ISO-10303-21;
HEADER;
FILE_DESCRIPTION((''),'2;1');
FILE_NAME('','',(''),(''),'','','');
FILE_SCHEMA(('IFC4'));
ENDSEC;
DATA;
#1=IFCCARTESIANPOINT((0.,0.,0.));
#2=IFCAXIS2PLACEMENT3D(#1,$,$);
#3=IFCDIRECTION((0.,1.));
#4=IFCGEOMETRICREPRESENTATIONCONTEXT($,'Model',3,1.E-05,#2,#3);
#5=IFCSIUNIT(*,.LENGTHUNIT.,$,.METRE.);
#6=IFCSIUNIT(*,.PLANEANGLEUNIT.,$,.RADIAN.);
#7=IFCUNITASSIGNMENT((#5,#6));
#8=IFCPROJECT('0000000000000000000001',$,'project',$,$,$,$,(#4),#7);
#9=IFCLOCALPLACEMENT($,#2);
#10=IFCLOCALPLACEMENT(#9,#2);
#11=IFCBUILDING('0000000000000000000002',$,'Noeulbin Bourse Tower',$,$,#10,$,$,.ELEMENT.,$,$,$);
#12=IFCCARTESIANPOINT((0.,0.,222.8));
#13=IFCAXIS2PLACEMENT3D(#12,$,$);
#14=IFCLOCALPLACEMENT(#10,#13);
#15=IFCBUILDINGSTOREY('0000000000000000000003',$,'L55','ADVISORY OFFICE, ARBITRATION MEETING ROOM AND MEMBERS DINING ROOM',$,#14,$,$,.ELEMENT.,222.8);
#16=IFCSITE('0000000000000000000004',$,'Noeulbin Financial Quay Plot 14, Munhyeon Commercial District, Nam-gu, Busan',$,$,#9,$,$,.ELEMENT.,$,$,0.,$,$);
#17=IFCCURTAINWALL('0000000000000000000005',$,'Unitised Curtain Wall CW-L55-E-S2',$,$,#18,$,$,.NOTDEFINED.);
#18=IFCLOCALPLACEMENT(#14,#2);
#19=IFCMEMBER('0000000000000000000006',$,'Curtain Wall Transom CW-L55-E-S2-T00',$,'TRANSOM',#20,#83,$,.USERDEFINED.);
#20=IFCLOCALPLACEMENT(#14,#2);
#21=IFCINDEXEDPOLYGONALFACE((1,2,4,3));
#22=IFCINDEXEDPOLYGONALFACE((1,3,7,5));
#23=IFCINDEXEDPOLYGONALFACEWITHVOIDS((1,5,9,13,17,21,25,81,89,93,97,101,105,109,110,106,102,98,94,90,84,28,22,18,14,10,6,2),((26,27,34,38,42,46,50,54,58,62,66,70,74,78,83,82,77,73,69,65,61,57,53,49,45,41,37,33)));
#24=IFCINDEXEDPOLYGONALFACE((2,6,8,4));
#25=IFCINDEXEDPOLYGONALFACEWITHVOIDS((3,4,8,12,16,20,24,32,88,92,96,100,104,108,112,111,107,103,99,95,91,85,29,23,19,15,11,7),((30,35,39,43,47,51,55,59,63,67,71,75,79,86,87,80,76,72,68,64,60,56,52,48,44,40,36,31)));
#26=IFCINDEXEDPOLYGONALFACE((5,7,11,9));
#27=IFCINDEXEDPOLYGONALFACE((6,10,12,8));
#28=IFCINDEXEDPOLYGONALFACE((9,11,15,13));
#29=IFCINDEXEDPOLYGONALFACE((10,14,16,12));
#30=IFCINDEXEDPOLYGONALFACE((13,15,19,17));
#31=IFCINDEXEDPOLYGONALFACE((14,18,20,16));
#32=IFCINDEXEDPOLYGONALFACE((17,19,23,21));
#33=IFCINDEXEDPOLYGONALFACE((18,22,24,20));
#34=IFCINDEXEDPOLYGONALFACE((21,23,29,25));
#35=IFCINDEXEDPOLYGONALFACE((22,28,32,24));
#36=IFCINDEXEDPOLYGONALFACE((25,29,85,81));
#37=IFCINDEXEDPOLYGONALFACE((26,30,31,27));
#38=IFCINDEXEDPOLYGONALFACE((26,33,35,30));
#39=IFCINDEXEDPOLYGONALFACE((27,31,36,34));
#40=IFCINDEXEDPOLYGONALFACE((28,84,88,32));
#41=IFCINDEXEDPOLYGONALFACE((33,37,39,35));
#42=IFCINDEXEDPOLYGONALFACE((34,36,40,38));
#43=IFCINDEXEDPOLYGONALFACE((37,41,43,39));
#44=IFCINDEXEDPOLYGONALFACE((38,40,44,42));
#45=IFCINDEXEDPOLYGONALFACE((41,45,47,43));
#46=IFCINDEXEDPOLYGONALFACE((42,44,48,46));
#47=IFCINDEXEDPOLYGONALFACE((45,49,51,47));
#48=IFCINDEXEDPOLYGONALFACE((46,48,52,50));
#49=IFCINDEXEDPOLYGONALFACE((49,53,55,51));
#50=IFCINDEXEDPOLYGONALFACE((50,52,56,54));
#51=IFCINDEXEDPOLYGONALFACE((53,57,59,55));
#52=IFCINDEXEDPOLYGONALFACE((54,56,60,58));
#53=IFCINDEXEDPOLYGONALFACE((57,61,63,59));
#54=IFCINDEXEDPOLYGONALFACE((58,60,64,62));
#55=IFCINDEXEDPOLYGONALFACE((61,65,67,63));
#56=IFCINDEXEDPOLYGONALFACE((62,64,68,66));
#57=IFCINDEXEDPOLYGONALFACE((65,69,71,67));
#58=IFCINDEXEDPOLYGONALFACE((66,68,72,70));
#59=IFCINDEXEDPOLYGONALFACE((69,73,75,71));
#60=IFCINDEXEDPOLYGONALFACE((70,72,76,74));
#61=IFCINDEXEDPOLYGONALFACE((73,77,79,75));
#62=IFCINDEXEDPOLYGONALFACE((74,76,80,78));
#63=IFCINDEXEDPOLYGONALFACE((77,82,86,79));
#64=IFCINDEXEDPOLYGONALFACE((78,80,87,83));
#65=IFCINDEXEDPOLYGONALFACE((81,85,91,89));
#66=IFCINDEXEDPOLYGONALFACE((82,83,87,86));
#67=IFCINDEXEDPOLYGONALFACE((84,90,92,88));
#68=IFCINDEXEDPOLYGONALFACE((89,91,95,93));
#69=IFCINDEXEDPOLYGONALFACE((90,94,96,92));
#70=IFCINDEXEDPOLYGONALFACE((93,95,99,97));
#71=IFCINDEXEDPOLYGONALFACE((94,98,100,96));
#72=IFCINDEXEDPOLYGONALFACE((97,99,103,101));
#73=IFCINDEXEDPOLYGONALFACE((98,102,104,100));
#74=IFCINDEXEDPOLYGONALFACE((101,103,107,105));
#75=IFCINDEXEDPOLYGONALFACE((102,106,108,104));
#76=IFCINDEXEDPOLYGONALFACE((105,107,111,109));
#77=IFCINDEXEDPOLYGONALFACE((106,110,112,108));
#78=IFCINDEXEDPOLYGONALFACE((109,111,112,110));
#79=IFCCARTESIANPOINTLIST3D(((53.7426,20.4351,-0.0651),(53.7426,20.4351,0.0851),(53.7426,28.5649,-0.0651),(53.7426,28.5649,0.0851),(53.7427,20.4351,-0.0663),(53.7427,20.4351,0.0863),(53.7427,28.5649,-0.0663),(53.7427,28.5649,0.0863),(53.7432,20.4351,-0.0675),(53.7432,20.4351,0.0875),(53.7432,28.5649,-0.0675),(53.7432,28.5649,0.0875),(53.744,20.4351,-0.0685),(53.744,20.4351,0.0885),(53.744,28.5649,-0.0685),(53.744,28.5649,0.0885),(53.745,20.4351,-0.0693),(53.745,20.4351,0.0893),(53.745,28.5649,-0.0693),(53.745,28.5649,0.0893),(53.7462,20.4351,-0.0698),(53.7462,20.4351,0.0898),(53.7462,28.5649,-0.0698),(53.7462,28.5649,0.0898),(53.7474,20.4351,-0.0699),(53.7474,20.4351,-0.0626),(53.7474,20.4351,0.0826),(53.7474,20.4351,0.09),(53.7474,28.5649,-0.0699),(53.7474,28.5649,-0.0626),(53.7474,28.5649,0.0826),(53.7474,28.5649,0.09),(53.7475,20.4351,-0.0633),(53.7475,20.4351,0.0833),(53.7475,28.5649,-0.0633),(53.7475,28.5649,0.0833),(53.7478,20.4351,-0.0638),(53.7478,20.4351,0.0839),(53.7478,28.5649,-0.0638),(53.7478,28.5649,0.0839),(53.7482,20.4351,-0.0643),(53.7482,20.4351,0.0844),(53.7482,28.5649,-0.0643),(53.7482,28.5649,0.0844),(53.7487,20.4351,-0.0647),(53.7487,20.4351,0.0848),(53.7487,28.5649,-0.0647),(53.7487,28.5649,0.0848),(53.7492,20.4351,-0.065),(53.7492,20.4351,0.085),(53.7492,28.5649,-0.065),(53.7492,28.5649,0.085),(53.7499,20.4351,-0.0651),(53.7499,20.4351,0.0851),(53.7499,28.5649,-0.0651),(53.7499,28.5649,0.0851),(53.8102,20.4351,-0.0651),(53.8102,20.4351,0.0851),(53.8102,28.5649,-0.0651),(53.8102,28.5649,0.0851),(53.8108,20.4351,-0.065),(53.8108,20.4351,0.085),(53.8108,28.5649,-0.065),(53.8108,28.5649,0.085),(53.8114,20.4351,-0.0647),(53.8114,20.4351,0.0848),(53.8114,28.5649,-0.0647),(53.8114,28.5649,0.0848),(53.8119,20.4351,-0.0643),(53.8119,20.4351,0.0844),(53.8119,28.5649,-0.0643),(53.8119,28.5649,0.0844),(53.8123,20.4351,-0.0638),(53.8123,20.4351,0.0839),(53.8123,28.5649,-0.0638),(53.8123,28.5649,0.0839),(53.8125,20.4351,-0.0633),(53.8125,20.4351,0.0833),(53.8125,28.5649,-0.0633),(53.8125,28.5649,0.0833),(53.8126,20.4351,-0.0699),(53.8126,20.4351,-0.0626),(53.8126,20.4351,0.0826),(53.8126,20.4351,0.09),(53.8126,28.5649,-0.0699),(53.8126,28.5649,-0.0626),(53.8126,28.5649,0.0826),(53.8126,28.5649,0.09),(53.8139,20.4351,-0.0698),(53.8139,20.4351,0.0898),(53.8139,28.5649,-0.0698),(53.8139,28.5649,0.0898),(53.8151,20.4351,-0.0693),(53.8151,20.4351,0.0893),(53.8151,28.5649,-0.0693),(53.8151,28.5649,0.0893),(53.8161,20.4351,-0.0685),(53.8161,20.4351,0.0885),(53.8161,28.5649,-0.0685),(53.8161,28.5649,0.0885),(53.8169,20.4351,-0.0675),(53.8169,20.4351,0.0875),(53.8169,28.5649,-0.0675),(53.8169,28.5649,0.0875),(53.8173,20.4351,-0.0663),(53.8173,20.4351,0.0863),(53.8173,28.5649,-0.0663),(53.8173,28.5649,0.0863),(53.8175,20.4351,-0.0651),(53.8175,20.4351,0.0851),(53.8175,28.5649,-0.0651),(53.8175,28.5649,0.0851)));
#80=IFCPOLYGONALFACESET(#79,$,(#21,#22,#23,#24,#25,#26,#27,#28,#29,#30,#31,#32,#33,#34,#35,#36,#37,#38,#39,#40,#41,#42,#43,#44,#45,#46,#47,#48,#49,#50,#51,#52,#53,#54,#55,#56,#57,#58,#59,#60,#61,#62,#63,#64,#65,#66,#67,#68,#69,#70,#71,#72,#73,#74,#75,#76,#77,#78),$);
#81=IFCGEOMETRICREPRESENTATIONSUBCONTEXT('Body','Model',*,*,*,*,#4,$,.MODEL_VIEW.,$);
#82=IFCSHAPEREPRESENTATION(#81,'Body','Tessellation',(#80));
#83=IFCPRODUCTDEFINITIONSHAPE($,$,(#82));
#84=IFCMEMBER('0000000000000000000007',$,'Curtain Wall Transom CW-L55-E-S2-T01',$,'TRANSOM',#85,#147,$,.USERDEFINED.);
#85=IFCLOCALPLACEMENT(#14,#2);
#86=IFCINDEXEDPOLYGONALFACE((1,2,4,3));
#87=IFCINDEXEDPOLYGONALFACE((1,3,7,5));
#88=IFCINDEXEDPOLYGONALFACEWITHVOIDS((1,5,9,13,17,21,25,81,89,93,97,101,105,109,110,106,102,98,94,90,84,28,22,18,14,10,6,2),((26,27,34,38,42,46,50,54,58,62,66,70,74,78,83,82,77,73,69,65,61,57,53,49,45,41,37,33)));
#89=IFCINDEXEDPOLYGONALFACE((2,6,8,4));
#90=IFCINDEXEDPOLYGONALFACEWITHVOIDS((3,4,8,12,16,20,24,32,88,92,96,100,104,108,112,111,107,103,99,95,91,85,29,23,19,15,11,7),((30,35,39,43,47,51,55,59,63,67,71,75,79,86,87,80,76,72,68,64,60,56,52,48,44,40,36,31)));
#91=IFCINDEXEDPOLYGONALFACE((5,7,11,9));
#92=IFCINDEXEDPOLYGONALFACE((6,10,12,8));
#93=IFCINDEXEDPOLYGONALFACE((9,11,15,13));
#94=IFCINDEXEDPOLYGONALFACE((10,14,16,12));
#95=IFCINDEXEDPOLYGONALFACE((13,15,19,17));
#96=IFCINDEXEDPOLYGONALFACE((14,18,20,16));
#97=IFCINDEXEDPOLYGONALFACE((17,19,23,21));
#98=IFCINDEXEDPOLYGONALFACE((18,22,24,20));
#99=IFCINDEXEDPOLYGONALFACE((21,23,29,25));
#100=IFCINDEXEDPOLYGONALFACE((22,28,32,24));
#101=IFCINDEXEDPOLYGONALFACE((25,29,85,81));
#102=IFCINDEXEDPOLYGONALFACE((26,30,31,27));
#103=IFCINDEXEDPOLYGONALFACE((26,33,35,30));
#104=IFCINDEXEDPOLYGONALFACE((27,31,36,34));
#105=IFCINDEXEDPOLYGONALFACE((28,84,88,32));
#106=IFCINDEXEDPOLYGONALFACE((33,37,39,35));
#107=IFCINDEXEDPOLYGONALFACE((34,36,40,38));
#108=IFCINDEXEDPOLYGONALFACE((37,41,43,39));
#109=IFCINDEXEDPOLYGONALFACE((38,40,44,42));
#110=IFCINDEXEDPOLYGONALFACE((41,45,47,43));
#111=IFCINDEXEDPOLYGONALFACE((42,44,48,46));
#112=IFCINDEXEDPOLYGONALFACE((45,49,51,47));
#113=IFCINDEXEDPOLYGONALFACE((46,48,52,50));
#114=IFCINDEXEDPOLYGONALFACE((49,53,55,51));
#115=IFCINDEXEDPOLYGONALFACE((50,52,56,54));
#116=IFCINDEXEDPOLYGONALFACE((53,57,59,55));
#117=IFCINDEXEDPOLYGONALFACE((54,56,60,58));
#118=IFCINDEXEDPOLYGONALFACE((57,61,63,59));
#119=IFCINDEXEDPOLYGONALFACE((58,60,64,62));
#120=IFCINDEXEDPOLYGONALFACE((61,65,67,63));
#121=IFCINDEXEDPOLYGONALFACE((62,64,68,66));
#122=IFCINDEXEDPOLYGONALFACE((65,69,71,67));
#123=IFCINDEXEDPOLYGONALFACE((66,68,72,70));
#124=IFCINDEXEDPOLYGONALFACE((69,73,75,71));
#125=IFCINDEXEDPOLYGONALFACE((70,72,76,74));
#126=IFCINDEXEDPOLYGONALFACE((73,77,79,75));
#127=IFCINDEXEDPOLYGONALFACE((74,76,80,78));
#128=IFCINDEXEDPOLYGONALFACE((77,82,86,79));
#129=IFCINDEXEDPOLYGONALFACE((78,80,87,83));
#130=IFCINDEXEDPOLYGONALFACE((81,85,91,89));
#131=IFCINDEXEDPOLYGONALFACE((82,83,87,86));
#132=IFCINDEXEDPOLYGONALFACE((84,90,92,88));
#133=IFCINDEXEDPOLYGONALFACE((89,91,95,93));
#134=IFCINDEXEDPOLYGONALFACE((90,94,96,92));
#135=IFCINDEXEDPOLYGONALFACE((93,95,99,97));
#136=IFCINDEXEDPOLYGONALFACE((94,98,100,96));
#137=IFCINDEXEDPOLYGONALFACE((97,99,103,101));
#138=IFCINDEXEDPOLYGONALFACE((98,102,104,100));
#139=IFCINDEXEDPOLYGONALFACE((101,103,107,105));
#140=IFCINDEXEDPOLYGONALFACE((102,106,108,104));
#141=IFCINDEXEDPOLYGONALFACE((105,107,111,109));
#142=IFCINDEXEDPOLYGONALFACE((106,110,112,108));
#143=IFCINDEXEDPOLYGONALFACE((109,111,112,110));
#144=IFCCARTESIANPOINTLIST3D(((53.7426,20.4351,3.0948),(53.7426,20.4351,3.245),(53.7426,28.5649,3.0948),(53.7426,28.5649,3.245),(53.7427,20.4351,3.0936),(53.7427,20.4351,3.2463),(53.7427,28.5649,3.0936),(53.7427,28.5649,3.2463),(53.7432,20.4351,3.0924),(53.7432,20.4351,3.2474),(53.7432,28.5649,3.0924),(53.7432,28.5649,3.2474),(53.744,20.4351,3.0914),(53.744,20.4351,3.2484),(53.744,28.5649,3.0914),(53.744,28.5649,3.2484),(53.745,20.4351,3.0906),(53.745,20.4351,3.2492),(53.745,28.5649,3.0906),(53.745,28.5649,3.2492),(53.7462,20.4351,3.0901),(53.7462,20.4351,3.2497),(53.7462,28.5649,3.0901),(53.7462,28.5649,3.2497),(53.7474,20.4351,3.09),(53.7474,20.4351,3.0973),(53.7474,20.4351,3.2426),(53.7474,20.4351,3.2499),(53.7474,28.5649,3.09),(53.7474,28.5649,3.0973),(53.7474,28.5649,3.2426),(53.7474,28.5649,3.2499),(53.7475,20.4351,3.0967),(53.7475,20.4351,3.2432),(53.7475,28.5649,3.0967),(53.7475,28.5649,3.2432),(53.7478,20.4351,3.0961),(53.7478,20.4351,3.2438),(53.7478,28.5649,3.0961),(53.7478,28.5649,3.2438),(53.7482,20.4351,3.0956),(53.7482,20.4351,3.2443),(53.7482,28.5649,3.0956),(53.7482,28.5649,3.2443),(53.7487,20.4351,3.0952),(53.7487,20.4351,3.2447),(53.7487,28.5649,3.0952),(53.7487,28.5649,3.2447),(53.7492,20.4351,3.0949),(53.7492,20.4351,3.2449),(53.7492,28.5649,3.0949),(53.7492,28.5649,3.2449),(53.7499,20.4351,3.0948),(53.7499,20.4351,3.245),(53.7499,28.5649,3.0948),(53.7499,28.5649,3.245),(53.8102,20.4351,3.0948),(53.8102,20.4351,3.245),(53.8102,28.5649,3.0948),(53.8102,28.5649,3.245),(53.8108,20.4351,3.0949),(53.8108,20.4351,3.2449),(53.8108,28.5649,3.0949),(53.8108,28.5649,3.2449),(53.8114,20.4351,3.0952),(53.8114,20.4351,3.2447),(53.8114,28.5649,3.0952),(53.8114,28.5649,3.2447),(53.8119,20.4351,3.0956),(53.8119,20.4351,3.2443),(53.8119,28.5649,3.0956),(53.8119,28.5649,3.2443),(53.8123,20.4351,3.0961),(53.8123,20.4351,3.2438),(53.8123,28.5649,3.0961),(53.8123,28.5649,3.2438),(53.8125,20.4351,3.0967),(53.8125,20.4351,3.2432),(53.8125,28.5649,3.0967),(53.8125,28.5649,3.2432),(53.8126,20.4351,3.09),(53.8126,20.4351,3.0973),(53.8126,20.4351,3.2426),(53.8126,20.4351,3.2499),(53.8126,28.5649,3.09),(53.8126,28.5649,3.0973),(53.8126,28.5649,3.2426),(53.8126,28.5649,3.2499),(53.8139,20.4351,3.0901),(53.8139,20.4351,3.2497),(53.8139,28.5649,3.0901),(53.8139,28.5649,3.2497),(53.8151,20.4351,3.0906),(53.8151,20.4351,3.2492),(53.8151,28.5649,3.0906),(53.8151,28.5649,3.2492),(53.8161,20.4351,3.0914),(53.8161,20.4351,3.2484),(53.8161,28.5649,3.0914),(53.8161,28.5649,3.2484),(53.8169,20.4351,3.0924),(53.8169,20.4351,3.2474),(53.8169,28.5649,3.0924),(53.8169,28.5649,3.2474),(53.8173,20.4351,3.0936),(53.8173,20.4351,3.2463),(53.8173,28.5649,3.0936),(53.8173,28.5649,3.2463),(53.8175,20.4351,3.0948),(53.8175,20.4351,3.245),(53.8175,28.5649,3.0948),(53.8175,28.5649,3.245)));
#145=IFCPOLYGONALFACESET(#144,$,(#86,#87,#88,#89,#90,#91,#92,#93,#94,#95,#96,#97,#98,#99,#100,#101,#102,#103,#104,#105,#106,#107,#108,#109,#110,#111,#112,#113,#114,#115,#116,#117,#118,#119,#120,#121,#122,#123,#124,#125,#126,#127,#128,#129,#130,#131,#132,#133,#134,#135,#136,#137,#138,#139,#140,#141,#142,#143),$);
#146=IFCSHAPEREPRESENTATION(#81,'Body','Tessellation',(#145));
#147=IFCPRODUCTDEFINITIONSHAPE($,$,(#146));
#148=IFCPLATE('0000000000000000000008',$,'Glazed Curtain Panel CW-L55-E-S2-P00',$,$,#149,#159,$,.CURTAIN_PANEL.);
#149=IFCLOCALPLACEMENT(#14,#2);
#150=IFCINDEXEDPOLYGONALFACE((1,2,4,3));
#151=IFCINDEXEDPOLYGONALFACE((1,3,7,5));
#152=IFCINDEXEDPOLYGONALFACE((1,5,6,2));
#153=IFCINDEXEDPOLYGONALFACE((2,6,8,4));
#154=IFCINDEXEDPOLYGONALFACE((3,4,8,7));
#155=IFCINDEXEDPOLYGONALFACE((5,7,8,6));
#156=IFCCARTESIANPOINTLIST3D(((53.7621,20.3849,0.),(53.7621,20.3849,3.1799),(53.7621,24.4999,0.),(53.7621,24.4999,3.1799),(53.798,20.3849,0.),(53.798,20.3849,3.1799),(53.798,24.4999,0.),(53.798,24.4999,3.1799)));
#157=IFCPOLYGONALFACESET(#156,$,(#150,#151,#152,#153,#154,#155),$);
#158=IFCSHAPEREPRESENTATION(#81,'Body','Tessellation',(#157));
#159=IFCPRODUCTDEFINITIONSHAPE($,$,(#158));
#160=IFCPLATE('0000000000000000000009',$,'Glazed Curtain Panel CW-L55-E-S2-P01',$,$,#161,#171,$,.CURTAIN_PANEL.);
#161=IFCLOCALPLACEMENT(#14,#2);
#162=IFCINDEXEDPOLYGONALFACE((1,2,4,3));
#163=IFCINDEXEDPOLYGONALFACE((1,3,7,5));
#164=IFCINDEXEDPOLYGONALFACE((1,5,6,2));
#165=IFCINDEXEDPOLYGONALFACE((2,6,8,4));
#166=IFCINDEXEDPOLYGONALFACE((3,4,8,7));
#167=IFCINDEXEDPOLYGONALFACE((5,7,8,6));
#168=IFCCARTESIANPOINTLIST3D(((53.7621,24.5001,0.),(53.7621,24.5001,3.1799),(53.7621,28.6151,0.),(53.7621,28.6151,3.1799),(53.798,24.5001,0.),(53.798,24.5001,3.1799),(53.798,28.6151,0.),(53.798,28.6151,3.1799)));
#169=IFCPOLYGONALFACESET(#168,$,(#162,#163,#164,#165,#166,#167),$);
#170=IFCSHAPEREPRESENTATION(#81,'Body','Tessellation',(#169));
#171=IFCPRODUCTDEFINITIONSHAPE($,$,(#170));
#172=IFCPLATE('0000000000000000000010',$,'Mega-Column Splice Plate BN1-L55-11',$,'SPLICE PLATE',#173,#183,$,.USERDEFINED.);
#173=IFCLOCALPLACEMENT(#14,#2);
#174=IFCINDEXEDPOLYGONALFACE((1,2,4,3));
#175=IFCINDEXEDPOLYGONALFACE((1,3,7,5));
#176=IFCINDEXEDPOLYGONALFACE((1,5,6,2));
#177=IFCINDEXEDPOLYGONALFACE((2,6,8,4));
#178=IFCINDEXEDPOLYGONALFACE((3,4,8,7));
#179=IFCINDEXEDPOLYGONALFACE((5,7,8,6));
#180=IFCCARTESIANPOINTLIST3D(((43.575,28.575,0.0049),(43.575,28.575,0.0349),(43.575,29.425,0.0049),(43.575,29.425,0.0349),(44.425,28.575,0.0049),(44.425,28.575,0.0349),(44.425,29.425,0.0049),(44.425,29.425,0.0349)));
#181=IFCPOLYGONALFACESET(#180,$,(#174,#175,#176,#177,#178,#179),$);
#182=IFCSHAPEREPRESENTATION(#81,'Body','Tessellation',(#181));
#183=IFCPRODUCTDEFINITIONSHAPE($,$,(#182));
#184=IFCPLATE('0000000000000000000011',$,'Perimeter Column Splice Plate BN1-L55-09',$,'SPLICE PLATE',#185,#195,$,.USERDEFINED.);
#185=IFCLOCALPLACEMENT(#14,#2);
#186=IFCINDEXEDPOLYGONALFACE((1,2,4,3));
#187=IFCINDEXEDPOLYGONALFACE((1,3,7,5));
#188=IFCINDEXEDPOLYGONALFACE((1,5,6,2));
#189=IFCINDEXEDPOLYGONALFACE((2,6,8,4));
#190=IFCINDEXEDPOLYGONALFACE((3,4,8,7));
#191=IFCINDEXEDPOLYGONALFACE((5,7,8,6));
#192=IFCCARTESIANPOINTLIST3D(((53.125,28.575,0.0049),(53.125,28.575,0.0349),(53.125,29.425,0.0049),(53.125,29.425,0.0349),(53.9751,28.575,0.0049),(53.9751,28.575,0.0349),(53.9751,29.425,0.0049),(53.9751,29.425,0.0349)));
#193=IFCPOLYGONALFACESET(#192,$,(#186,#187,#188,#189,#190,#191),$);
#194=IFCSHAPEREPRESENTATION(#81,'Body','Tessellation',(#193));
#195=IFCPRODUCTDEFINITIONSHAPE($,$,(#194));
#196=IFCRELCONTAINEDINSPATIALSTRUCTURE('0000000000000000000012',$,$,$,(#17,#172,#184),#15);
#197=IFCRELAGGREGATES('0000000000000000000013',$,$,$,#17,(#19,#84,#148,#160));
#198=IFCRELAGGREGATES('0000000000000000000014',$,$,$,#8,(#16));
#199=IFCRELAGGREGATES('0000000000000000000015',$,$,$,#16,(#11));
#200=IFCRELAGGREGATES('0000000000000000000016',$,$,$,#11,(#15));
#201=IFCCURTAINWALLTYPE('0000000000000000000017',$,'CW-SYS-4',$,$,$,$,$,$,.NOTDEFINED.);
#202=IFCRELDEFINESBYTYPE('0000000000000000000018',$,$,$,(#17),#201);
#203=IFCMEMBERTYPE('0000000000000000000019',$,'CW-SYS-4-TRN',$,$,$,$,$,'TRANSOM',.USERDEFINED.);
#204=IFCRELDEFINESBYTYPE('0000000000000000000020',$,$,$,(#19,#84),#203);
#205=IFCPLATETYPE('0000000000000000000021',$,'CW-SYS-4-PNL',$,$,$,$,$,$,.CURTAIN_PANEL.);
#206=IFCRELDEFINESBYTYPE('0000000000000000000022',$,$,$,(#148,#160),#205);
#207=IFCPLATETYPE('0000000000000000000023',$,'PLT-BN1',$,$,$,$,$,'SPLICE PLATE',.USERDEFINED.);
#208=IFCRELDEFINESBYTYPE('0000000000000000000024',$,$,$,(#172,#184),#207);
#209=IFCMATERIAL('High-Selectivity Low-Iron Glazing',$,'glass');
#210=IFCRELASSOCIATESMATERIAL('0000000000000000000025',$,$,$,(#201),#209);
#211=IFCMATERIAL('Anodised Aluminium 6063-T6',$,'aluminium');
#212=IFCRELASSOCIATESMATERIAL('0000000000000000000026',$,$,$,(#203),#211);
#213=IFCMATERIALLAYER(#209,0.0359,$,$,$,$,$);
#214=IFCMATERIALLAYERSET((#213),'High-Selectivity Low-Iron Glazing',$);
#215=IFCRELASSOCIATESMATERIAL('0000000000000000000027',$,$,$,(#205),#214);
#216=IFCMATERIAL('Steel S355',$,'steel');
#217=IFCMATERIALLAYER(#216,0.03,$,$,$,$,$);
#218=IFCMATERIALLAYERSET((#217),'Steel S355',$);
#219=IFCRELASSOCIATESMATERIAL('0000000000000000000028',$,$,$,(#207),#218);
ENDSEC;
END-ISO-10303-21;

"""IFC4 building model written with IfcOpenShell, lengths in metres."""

from ifc_helpers import new_model, si_unit, direction, frame, origin, origin_2d, place, context, subcontext, project, spatial, rectangle, hollow_rectangle, extrude, material, layer, layer_set, material_profile, profile_set, type_object, element, aggregate, save


model = new_model("IFC4")

# Units and contexts
model_context = context("Model", 3, precision=1e-05, world=origin(), true_north=direction((0.0, 1.0)))
body_context = subcontext(model_context, "Body", "Model", "MODEL_VIEW")
ifc_project = project(units=[si_unit("LENGTHUNIT", "METRE"), si_unit("PLANEANGLEUNIT", "RADIAN")], contexts=[model_context])

# Site, building, storey
site_placement = place(None, origin())
site = spatial("IfcSite", under=ifc_project, at=site_placement, Name="Noeulbin Financial Quay Plot 14, Munhyeon Commercial District, Nam-gu, Busan", CompositionType="ELEMENT", RefElevation=0.0)
building_placement = place(site_placement, origin())
building = spatial("IfcBuilding", under=site, at=building_placement, Name="Noeulbin Bourse Tower", CompositionType="ELEMENT")
storey_placement = place(building_placement, frame((0.0, 0.0, 222.8)))
storey = spatial("IfcBuildingStorey", under=building, at=storey_placement, Name="L55", Description="ADVISORY OFFICE, ARBITRATION MEETING ROOM AND MEMBERS DINING ROOM", CompositionType="ELEMENT", Elevation=222.8)

# Shared definitions
ifc_material_1 = material(Name="Steel S355", Category="steel")

# Curtain wall
ifc_material_2 = material(Name="High-Selectivity Low-Iron Glazing", Category="glass")
curtain_wall_type = type_object("IfcCurtainWallType", Name="CW-SYS-4", PredefinedType="NOTDEFINED", material=ifc_material_2)
curtain_wall_1_placement = place(storey_placement, origin())
curtain_wall_1 = element("IfcCurtainWall", 1, at=curtain_wall_1_placement, inside=storey, type_object=curtain_wall_type, Name="Unitised Curtain Wall CW-L55-E-S2", PredefinedType="NOTDEFINED")
ifc_material_3 = material(Name="Anodised Aluminium 6063-T6", Category="aluminium")

# Members
ifc_material_profile_1 = material_profile(ifc_material_3, hollow_rectangle(XDim=0.075, YDim=0.1599, WallThickness=0.0049, InnerFilletRadius=0.0024, OuterFilletRadius=0.0049, at=origin_2d()), Name="ALU-TRAN-75x160x5", Category="LoadBearing")
ifc_profile_set_1 = profile_set([ifc_material_profile_1], Name="Anodised Aluminium 6063-T6")
member_type_1 = type_object("IfcMemberType", Name="CW-SYS-4-TRN", ElementType="TRANSOM", PredefinedType="USERDEFINED", material=ifc_profile_set_1)
member_1_placement = place(storey_placement, frame((53.78, 20.4351, 0.01), z_axis=(0.0, 1.0, 0.0), x_axis=(-1.0, 0.0, 0.0)))
member_1 = element("IfcMember", 2, at=member_1_placement, type_object=member_type_1, Name="Curtain Wall Transom CW-L55-E-S2-T00", ObjectType="TRANSOM", PredefinedType="USERDEFINED", context=body_context, shape_type="SweptSolid", body=[
    extrude(hollow_rectangle(XDim=0.075, YDim=0.1599, WallThickness=0.0049, InnerFilletRadius=0.0024, OuterFilletRadius=0.0049, at=origin_2d()), origin(), (0.0, 0.0, 1.0), 8.1299),
])
member_2_placement = place(storey_placement, frame((53.78, 20.4351, 3.1699), z_axis=(0.0, 1.0, 0.0), x_axis=(-1.0, 0.0, 0.0)))
member_2 = element("IfcMember", 3, at=member_2_placement, type_object=member_type_1, Name="Curtain Wall Transom CW-L55-E-S2-T01", ObjectType="TRANSOM", PredefinedType="USERDEFINED", context=body_context, shape_type="SweptSolid", body=[
    extrude(hollow_rectangle(XDim=0.075, YDim=0.1599, WallThickness=0.0049, InnerFilletRadius=0.0024, OuterFilletRadius=0.0049, at=origin_2d()), origin(), (0.0, 0.0, 1.0), 8.1299),
])

# Plates
ifc_layer_1 = layer(ifc_material_2, 0.0359)
ifc_layer_set_1 = layer_set([ifc_layer_1], Name="High-Selectivity Low-Iron Glazing")
plate_type_1 = type_object("IfcPlateType", Name="CW-SYS-4-PNL", PredefinedType="CURTAIN_PANEL", material=ifc_layer_set_1)
plate_1_placement = place(storey_placement, frame((53.78, 22.4424, 0.0), z_axis=(0.0, 0.0, 1.0), x_axis=(0.0, 1.0, 0.0)))
plate_1 = element("IfcPlate", 4, at=plate_1_placement, type_object=plate_type_1, Name="Glazed Curtain Panel CW-L55-E-S2-P00", PredefinedType="CURTAIN_PANEL", context=body_context, shape_type="SweptSolid", body=[
    extrude(rectangle(XDim=4.115, YDim=0.0359, at=origin_2d()), origin(), (0.0, 0.0, 1.0), 3.1799),
])
plate_2_placement = place(storey_placement, frame((53.78, 26.5576, 0.0), z_axis=(0.0, 0.0, 1.0), x_axis=(0.0, 1.0, 0.0)))
plate_2 = element("IfcPlate", 5, at=plate_2_placement, type_object=plate_type_1, Name="Glazed Curtain Panel CW-L55-E-S2-P01", PredefinedType="CURTAIN_PANEL", context=body_context, shape_type="SweptSolid", body=[
    extrude(rectangle(XDim=4.115, YDim=0.0359, at=origin_2d()), origin(), (0.0, 0.0, 1.0), 3.1799),
])
aggregate(curtain_wall_1, [member_1, member_2, plate_1, plate_2])

# Plates
ifc_layer_2 = layer(ifc_material_1, 0.03)
ifc_layer_set_2 = layer_set([ifc_layer_2], Name="Steel S355")
plate_type_2 = type_object("IfcPlateType", Name="PLT-BN1", ElementType="SPLICE PLATE", PredefinedType="USERDEFINED", material=ifc_layer_set_2)
for number, where, z_axis, x_axis, name in (
    (6, (44.0, 29.0, 0.0049), (0.0, 0.0, 1.0), (1.0, 0.0, 0.0), "Mega-Column Splice Plate BN1-L55-11"),
    (7, (53.55, 29.0, 0.0049), (0.0, 0.0, 1.0), (1.0, 0.0, 0.0), "Perimeter Column Splice Plate BN1-L55-09"),
):
    element("IfcPlate", number, at=place(storey_placement, frame(where, z_axis=z_axis, x_axis=x_axis)), inside=storey, type_object=plate_type_2, Name=name, ObjectType="SPLICE PLATE", PredefinedType="USERDEFINED", context=body_context, shape_type="SweptSolid", body=[
        extrude(rectangle(XDim=0.8501, YDim=0.8501, at=origin_2d()), origin(), (0.0, 0.0, 1.0), 0.03),
    ])

save(model, "model.ifc")
